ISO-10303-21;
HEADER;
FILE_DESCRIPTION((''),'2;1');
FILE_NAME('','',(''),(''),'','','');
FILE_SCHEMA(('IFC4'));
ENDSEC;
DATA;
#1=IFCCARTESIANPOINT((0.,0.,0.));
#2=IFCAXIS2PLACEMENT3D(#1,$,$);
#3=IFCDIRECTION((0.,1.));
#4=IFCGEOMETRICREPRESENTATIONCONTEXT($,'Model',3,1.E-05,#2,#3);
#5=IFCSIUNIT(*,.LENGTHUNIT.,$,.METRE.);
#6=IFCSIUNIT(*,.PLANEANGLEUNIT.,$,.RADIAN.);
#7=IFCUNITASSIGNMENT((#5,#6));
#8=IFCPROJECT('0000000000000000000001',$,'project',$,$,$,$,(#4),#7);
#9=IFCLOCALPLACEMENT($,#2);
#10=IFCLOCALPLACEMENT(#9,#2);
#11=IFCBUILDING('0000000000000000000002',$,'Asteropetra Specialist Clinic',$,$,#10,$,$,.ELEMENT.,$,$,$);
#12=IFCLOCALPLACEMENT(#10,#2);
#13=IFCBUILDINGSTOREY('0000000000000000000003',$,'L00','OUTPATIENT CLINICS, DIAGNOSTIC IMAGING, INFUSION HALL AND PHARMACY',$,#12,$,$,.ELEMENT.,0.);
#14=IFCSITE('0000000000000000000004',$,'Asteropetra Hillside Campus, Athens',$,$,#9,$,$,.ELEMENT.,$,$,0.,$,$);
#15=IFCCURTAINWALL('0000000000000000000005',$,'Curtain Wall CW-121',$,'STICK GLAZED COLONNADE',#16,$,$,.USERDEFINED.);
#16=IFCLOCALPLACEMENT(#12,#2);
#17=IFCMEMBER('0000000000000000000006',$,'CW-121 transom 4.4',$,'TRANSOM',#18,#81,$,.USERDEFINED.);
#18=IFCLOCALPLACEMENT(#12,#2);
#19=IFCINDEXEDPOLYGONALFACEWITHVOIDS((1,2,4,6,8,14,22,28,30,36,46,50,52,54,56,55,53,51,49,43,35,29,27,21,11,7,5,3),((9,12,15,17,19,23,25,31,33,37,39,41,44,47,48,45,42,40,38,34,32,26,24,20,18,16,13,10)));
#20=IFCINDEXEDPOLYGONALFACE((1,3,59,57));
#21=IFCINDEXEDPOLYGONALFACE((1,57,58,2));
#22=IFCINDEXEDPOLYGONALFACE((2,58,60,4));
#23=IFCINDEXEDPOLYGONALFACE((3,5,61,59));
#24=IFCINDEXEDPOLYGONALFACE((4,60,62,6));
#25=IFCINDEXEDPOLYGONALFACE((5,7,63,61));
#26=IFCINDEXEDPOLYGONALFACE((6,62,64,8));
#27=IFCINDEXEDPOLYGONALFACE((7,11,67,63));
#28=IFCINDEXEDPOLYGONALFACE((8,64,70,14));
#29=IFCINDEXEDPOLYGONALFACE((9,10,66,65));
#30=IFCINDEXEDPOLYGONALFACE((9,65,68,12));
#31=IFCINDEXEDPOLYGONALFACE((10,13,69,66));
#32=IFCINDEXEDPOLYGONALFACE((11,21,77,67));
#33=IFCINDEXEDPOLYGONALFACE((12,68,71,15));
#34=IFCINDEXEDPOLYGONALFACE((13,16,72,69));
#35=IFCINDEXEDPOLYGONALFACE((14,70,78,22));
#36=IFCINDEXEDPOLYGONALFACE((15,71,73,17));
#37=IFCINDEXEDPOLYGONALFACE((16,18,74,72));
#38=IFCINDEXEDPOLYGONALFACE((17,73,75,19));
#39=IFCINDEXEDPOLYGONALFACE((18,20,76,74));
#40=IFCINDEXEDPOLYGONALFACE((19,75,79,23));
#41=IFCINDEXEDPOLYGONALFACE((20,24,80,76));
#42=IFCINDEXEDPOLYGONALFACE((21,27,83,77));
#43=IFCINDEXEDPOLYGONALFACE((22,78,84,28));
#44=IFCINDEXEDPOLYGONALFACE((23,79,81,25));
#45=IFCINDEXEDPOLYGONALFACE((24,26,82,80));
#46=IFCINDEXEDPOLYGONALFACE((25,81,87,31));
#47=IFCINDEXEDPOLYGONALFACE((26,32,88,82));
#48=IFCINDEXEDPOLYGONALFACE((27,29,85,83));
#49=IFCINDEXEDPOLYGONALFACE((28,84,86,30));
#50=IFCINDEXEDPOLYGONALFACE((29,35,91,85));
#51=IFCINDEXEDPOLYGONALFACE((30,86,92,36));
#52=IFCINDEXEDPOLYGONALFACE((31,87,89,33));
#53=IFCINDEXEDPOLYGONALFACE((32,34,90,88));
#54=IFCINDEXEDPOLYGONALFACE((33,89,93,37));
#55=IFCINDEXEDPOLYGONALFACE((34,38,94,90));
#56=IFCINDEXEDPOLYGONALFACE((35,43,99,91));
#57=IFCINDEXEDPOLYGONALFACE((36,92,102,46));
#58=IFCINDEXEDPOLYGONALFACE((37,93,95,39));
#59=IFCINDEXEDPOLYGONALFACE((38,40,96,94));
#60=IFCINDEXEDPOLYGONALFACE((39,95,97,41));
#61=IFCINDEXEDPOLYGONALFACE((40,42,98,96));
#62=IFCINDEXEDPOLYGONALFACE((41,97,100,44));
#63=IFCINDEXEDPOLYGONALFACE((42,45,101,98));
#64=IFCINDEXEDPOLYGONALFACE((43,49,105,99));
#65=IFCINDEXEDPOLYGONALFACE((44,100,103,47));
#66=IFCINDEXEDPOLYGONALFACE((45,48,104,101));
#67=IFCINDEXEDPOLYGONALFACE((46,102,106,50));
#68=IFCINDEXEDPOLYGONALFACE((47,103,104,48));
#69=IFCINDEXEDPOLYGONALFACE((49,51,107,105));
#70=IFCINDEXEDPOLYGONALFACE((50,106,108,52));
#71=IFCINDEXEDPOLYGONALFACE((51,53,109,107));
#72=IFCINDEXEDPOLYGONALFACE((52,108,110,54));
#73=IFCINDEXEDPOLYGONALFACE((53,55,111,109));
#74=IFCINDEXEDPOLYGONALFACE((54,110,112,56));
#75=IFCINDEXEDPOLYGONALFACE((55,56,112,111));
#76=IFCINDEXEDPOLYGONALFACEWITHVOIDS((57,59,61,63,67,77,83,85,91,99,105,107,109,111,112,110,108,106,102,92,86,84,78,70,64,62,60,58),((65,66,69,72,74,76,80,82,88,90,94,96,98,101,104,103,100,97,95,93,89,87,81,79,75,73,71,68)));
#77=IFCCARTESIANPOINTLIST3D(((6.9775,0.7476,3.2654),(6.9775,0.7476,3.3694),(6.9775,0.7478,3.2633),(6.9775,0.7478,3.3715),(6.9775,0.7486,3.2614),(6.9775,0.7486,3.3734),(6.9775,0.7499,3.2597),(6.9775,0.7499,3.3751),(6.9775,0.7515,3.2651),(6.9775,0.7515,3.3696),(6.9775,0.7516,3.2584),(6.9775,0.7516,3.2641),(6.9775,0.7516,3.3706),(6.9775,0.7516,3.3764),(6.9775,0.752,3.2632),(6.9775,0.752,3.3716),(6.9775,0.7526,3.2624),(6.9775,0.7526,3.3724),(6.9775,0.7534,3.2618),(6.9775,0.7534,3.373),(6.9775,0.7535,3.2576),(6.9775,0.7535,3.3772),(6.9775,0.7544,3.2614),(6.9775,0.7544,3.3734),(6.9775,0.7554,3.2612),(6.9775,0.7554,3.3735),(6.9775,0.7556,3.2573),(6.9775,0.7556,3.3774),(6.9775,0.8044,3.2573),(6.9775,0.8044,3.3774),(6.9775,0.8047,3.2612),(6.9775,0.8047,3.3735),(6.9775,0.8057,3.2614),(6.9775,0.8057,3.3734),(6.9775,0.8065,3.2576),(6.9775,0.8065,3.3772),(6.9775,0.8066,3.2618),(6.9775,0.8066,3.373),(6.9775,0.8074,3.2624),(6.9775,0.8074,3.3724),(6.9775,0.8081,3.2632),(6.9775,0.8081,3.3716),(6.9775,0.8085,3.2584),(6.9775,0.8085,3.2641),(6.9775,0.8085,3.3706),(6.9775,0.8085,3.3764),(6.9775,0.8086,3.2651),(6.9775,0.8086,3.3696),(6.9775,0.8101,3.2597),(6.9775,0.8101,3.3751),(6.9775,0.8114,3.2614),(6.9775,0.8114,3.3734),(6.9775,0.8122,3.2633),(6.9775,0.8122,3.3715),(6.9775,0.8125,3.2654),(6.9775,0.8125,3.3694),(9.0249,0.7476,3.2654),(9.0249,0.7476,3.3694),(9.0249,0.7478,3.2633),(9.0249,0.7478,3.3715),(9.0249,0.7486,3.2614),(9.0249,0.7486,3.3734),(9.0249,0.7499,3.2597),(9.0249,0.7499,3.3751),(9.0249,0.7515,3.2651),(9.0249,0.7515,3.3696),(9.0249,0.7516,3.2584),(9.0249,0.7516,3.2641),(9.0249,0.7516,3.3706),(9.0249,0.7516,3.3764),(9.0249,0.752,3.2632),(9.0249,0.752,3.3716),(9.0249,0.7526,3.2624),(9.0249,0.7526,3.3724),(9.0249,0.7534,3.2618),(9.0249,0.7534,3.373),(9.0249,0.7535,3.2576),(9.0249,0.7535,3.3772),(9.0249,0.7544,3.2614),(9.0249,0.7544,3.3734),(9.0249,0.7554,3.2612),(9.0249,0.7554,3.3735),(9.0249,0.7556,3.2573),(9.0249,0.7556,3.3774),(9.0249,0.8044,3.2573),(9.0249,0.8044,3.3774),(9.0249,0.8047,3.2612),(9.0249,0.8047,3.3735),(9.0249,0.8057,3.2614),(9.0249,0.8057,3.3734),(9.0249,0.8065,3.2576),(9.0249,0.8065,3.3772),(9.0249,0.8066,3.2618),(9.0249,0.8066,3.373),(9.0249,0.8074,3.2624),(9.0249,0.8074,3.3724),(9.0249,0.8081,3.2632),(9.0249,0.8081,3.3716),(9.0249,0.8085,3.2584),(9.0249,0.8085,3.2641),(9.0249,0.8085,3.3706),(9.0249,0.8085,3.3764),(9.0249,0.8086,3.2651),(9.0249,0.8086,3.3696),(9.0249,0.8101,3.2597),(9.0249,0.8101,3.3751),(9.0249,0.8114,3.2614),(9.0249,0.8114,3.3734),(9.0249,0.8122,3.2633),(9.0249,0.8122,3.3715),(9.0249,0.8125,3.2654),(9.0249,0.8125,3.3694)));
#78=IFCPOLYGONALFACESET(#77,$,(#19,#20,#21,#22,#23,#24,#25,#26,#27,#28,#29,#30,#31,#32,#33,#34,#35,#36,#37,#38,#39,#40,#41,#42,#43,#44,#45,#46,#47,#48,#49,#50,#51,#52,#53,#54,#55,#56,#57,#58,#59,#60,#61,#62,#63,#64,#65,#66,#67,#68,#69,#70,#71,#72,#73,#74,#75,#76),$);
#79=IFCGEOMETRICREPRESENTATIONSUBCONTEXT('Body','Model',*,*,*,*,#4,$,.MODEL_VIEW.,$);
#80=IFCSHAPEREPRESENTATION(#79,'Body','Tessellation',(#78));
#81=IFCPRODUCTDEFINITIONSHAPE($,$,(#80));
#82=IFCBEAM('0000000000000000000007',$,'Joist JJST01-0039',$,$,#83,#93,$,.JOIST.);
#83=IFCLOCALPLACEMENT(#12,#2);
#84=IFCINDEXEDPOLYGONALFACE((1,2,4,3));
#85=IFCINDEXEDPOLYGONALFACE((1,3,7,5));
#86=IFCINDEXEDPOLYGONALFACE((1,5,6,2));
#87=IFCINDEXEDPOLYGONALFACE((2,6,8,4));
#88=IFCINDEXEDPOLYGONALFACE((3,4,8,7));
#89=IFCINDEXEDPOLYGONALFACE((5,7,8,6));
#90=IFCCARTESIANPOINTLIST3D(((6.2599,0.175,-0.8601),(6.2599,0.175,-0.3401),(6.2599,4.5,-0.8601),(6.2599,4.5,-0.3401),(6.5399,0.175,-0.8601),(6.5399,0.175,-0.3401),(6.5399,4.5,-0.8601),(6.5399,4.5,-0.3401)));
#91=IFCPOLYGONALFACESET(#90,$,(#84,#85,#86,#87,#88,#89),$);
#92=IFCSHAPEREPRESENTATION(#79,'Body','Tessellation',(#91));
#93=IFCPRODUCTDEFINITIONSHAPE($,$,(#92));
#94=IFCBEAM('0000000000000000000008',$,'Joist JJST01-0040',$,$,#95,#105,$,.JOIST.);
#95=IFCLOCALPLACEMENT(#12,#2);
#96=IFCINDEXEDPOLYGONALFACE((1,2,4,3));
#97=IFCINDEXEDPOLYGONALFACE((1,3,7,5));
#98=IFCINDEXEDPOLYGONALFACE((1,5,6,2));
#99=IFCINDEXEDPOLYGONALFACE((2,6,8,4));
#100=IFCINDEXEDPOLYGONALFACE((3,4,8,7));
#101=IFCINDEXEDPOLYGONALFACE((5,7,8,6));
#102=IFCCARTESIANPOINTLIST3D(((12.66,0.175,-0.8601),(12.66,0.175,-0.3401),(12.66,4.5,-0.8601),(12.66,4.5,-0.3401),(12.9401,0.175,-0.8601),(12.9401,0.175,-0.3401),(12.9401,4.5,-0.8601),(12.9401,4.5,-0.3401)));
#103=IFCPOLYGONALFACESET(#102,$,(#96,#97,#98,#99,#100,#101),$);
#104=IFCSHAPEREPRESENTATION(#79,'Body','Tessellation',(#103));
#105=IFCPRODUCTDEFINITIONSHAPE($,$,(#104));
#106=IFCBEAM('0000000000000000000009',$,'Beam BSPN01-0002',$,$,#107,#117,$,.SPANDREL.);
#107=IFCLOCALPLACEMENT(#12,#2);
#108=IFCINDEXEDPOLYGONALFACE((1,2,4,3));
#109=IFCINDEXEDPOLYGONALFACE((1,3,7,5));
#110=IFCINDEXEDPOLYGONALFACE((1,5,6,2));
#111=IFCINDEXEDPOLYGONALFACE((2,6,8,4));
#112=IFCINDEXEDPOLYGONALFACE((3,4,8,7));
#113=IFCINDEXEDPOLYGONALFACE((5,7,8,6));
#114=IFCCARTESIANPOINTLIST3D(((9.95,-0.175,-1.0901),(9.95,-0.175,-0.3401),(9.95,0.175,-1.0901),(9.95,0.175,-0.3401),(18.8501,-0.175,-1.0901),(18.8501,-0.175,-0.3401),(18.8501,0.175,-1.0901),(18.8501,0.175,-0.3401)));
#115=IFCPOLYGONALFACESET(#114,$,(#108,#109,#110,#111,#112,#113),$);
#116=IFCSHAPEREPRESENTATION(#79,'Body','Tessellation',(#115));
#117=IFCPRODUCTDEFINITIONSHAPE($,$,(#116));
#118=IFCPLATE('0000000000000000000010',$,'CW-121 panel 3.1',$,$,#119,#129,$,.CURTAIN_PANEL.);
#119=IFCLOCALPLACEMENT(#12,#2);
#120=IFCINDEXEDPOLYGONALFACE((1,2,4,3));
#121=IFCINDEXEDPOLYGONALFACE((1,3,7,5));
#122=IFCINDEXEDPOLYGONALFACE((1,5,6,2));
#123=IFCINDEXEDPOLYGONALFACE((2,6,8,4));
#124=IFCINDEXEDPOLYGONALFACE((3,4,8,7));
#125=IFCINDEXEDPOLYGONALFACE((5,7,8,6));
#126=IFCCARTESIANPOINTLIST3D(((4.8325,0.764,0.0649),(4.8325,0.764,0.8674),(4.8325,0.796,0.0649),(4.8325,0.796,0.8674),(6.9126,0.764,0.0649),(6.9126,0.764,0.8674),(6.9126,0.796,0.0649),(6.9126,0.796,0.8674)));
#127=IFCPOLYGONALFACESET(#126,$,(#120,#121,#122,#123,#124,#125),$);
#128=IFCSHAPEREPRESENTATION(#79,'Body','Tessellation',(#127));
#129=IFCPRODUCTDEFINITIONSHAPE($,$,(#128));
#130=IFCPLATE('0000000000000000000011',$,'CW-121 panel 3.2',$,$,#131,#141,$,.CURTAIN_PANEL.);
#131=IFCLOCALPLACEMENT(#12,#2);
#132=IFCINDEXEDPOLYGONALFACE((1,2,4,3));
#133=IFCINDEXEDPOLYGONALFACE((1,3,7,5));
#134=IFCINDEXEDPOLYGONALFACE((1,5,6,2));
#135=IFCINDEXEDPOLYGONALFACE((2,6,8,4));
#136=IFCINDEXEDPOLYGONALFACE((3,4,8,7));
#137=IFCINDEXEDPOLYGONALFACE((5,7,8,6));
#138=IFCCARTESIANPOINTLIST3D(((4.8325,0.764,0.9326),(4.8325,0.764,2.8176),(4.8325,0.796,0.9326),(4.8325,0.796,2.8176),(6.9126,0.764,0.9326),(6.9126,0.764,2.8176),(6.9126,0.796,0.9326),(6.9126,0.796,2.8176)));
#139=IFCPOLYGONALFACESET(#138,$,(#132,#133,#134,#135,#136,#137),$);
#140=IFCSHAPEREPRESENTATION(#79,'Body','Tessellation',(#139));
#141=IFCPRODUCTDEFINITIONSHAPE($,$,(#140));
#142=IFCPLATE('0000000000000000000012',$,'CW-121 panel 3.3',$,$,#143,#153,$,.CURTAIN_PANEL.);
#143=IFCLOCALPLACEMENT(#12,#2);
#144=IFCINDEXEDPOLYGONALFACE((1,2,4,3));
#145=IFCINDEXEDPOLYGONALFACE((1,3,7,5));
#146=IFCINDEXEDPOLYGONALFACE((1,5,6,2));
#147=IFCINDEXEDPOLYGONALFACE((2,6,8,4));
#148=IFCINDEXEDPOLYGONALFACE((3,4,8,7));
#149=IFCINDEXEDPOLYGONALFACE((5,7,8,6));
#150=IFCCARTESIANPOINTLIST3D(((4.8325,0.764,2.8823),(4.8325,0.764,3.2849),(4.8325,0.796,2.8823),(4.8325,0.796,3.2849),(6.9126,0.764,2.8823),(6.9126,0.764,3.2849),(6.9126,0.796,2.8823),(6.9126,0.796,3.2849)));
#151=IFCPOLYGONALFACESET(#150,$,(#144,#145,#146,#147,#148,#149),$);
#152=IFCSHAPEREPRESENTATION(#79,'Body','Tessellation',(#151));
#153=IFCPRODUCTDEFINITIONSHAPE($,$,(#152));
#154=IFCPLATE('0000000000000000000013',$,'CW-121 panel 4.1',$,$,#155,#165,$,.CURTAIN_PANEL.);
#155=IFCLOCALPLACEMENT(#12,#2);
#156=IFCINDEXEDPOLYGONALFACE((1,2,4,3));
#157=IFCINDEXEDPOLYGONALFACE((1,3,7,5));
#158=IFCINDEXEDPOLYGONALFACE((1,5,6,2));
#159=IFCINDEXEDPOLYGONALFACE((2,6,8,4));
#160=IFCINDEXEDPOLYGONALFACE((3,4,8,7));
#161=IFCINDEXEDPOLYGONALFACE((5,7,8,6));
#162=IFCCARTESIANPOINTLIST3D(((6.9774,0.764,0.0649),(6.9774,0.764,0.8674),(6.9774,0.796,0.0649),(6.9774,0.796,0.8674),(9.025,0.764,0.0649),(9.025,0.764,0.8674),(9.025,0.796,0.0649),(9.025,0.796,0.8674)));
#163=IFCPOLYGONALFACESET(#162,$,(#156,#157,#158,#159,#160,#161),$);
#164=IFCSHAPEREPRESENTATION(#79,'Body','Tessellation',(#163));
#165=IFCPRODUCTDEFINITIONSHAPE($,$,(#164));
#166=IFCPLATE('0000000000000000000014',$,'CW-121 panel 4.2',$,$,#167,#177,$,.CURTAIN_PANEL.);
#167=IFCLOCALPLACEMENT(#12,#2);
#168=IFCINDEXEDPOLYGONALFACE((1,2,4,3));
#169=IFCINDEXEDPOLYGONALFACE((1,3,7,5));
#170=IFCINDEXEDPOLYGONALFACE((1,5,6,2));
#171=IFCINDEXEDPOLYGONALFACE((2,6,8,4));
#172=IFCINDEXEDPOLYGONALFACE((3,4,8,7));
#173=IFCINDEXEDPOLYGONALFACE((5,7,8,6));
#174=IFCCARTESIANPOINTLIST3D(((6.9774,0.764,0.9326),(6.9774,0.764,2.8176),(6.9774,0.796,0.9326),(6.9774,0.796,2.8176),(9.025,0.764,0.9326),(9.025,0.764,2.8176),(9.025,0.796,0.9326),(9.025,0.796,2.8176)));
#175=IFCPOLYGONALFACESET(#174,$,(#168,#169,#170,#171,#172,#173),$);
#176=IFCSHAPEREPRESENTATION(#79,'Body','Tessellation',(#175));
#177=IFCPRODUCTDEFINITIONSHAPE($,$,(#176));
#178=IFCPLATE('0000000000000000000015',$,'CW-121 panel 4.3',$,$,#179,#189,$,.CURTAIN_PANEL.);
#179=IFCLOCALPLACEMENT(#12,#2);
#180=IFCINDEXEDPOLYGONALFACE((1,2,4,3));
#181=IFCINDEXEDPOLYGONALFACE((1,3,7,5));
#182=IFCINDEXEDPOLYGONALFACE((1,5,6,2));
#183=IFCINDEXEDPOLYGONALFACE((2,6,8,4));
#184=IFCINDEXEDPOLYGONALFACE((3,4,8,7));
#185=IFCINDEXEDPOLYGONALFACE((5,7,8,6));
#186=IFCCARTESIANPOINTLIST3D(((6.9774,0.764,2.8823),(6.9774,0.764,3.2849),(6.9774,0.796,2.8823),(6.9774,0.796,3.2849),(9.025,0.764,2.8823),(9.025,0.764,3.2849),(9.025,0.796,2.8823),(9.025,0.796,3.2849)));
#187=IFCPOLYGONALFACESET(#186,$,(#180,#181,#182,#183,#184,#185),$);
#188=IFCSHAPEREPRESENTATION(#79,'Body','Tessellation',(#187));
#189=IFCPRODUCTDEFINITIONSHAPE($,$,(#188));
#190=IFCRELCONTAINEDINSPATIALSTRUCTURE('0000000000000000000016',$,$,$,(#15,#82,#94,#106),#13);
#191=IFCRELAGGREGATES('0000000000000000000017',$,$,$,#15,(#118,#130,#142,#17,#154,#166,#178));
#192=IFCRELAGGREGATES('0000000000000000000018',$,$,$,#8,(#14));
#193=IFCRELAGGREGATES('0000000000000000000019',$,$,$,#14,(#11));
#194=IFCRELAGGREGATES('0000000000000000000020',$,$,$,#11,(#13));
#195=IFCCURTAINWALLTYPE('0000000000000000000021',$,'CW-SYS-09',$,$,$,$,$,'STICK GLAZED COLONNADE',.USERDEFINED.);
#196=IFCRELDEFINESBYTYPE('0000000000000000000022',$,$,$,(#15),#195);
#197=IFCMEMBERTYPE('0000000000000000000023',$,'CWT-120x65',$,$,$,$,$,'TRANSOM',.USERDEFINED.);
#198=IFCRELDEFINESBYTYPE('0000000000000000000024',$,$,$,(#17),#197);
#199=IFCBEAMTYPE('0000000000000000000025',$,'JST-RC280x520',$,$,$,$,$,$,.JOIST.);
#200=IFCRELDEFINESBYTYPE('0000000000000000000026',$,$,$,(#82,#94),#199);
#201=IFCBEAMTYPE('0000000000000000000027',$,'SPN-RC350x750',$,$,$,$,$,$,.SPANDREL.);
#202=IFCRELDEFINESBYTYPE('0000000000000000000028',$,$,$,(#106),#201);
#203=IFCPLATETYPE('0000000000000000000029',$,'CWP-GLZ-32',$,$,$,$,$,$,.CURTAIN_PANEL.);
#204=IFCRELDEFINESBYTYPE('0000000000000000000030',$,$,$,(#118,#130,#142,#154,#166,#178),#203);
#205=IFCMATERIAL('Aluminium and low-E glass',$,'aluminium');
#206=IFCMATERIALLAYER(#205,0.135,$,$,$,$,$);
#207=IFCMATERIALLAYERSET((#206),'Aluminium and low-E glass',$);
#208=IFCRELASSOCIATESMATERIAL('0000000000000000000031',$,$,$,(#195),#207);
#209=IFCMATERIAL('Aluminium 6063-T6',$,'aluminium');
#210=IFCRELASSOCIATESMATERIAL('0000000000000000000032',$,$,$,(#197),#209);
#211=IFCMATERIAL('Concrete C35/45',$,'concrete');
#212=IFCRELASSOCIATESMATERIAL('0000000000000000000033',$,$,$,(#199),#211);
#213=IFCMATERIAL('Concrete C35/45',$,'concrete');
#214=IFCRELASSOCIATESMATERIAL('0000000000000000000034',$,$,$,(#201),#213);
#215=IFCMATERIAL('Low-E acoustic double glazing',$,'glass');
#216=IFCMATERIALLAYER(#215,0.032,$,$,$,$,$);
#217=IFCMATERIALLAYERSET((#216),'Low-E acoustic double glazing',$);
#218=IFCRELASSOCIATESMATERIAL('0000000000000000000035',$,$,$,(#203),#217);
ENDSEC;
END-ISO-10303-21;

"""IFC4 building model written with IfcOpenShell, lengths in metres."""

from ifc_helpers import new_model, si_unit, direction, frame, origin, origin_2d, place, context, subcontext, project, spatial, rectangle, hollow_rectangle, extrude, material, layer, layer_set, material_profile, profile_set, type_object, element, aggregate, save


model = new_model("IFC4")

# Units and contexts
model_context = context("Model", 3, precision=1e-05, world=origin(), true_north=direction((0.0, 1.0)))
body_context = subcontext(model_context, "Body", "Model", "MODEL_VIEW")
ifc_project = project(units=[si_unit("LENGTHUNIT", "METRE"), si_unit("PLANEANGLEUNIT", "RADIAN")], contexts=[model_context])

# Site, building, storey
site_placement = place(None, origin())
site = spatial("IfcSite", under=ifc_project, at=site_placement, Name="Asteropetra Hillside Campus, Athens", CompositionType="ELEMENT", RefElevation=0.0)
building_placement = place(site_placement, origin())
building = spatial("IfcBuilding", under=site, at=building_placement, Name="Asteropetra Specialist Clinic", CompositionType="ELEMENT")
storey_placement = place(building_placement, origin())
storey = spatial("IfcBuildingStorey", under=building, at=storey_placement, Name="L00", Description="OUTPATIENT CLINICS, DIAGNOSTIC IMAGING, INFUSION HALL AND PHARMACY", CompositionType="ELEMENT", Elevation=0.0)

# Curtain wall
ifc_material_1 = material(Name="Aluminium and low-E glass", Category="aluminium")
ifc_layer_1 = layer(ifc_material_1, 0.135)
ifc_layer_set_1 = layer_set([ifc_layer_1], Name="Aluminium and low-E glass")
curtain_wall_type_1 = type_object("IfcCurtainWallType", Name="CW-SYS-09", ElementType="STICK GLAZED COLONNADE", PredefinedType="USERDEFINED", material=ifc_layer_set_1)
curtain_wall_1_placement = place(storey_placement, origin())
curtain_wall_1 = element("IfcCurtainWall", 1, at=curtain_wall_1_placement, inside=storey, type_object=curtain_wall_type_1, Name="Curtain Wall CW-121", ObjectType="STICK GLAZED COLONNADE", PredefinedType="USERDEFINED")

# Member
ifc_material_2 = material(Name="Aluminium 6063-T6", Category="aluminium")
ifc_material_profile_1 = material_profile(ifc_material_2, hollow_rectangle(XDim=0.0649, YDim=0.1201, WallThickness=0.0039, InnerFilletRadius=0.0039, OuterFilletRadius=0.0081, at=origin_2d()), Name="TRN 120x65x4.0")
ifc_profile_set_1 = profile_set([ifc_material_profile_1], Name="Aluminium 6063-T6")
member_type_1 = type_object("IfcMemberType", Name="CWT-120x65", ElementType="TRANSOM", PredefinedType="USERDEFINED", material=ifc_profile_set_1)
member_1_placement = place(storey_placement, frame((6.9775, 0.78, 3.3174), z_axis=(1.0, 0.0, 0.0), x_axis=(0.0, 1.0, 0.0)))
member_1 = element("IfcMember", 2, at=member_1_placement, type_object=member_type_1, Name="CW-121 transom 4.4", ObjectType="TRANSOM", PredefinedType="USERDEFINED", context=body_context, shape_type="SweptSolid", body=[
    extrude(hollow_rectangle(XDim=0.0649, YDim=0.1201, WallThickness=0.0039, InnerFilletRadius=0.0039, OuterFilletRadius=0.0081, at=origin_2d()), origin(), (0.0, 0.0, 1.0), 2.0474),
])

# Beams
ifc_material_3 = material(Name="Concrete C35/45", Category="concrete")
ifc_material_profile_2 = material_profile(ifc_material_3, rectangle(XDim=0.28, YDim=0.52, at=origin_2d()), Name="RCJ 280x520")
ifc_profile_set_2 = profile_set([ifc_material_profile_2], Name="Concrete C35/45")
beam_type_1 = type_object("IfcBeamType", Name="JST-RC280x520", PredefinedType="JOIST", material=ifc_profile_set_2)
for number, where, z_axis, x_axis, name in (
    (3, (6.3999, 0.175, -0.6001), (0.0, 1.0, 0.0), (-1.0, 0.0, 0.0), "Joist JJST01-0039"),
    (4, (12.8, 0.175, -0.6001), (0.0, 1.0, 0.0), (-1.0, 0.0, 0.0), "Joist JJST01-0040"),
):
    element("IfcBeam", number, at=place(storey_placement, frame(where, z_axis=z_axis, x_axis=x_axis)), inside=storey, type_object=beam_type_1, Name=name, PredefinedType="JOIST", context=body_context, shape_type="SweptSolid", body=[
        extrude(rectangle(XDim=0.28, YDim=0.52, at=origin_2d()), origin(), (0.0, 0.0, 1.0), 4.325),
    ])
ifc_material_4 = material(Name="Concrete C35/45", Category="concrete")
ifc_material_profile_3 = material_profile(ifc_material_4, rectangle(XDim=0.3501, YDim=0.75, at=origin_2d()), Name="RCS 350x750")
ifc_profile_set_3 = profile_set([ifc_material_profile_3], Name="Concrete C35/45")
beam_type_2 = type_object("IfcBeamType", Name="SPN-RC350x750", PredefinedType="SPANDREL", material=ifc_profile_set_3)
beam_1_placement = place(storey_placement, frame((9.95, 0.0, -0.7151), z_axis=(1.0, 0.0, 0.0), x_axis=(0.0, 1.0, 0.0)))
element("IfcBeam", 5, at=beam_1_placement, inside=storey, type_object=beam_type_2, Name="Beam BSPN01-0002", PredefinedType="SPANDREL", context=body_context, shape_type="SweptSolid", body=[
    extrude(rectangle(XDim=0.3501, YDim=0.75, at=origin_2d()), origin(), (0.0, 0.0, 1.0), 8.9001),
])

# Plates
ifc_material_5 = material(Name="Low-E acoustic double glazing", Category="glass")
ifc_layer_2 = layer(ifc_material_5, 0.032)
ifc_layer_set_2 = layer_set([ifc_layer_2], Name="Low-E acoustic double glazing")
plate_type_1 = type_object("IfcPlateType", Name="CWP-GLZ-32", PredefinedType="CURTAIN_PANEL", material=ifc_layer_set_2)
plate_1_placement = place(storey_placement, frame((5.8726, 0.78, 0.0649), z_axis=(0.0, 0.0, 1.0), x_axis=(1.0, 0.0, 0.0)))
plate_1 = element("IfcPlate", 6, at=plate_1_placement, type_object=plate_type_1, Name="CW-121 panel 3.1", PredefinedType="CURTAIN_PANEL", context=body_context, shape_type="SweptSolid", body=[
    extrude(rectangle(XDim=2.0801, YDim=0.032, at=origin_2d()), origin(), (0.0, 0.0, 1.0), 0.8025),
])
plate_2_placement = place(storey_placement, frame((5.8726, 0.78, 0.9326), z_axis=(0.0, 0.0, 1.0), x_axis=(1.0, 0.0, 0.0)))
plate_2 = element("IfcPlate", 7, at=plate_2_placement, type_object=plate_type_1, Name="CW-121 panel 3.2", PredefinedType="CURTAIN_PANEL", context=body_context, shape_type="SweptSolid", body=[
    extrude(rectangle(XDim=2.0801, YDim=0.032, at=origin_2d()), origin(), (0.0, 0.0, 1.0), 1.885),
])
plate_3_placement = place(storey_placement, frame((5.8726, 0.78, 2.8823), z_axis=(0.0, 0.0, 1.0), x_axis=(1.0, 0.0, 0.0)))
plate_3 = element("IfcPlate", 8, at=plate_3_placement, type_object=plate_type_1, Name="CW-121 panel 3.3", PredefinedType="CURTAIN_PANEL", context=body_context, shape_type="SweptSolid", body=[
    extrude(rectangle(XDim=2.0801, YDim=0.032, at=origin_2d()), origin(), (0.0, 0.0, 1.0), 0.4026),
])
plate_4_placement = place(storey_placement, frame((8.0012, 0.78, 0.0649), z_axis=(0.0, 0.0, 1.0), x_axis=(1.0, 0.0, 0.0)))
plate_4 = element("IfcPlate", 9, at=plate_4_placement, type_object=plate_type_1, Name="CW-121 panel 4.1", PredefinedType="CURTAIN_PANEL", context=body_context, shape_type="SweptSolid", body=[
    extrude(rectangle(XDim=2.0476, YDim=0.032, at=origin_2d()), origin(), (0.0, 0.0, 1.0), 0.8025),
])
plate_5_placement = place(storey_placement, frame((8.0012, 0.78, 0.9326), z_axis=(0.0, 0.0, 1.0), x_axis=(1.0, 0.0, 0.0)))
plate_5 = element("IfcPlate", 10, at=plate_5_placement, type_object=plate_type_1, Name="CW-121 panel 4.2", PredefinedType="CURTAIN_PANEL", context=body_context, shape_type="SweptSolid", body=[
    extrude(rectangle(XDim=2.0476, YDim=0.032, at=origin_2d()), origin(), (0.0, 0.0, 1.0), 1.885),
])
plate_6_placement = place(storey_placement, frame((8.0012, 0.78, 2.8823), z_axis=(0.0, 0.0, 1.0), x_axis=(1.0, 0.0, 0.0)))
plate_6 = element("IfcPlate", 11, at=plate_6_placement, type_object=plate_type_1, Name="CW-121 panel 4.3", PredefinedType="CURTAIN_PANEL", context=body_context, shape_type="SweptSolid", body=[
    extrude(rectangle(XDim=2.0476, YDim=0.032, at=origin_2d()), origin(), (0.0, 0.0, 1.0), 0.4026),
])
aggregate(curtain_wall_1, [plate_1, plate_2, plate_3, member_1, plate_4, plate_5, plate_6])

save(model, "model.ifc")
